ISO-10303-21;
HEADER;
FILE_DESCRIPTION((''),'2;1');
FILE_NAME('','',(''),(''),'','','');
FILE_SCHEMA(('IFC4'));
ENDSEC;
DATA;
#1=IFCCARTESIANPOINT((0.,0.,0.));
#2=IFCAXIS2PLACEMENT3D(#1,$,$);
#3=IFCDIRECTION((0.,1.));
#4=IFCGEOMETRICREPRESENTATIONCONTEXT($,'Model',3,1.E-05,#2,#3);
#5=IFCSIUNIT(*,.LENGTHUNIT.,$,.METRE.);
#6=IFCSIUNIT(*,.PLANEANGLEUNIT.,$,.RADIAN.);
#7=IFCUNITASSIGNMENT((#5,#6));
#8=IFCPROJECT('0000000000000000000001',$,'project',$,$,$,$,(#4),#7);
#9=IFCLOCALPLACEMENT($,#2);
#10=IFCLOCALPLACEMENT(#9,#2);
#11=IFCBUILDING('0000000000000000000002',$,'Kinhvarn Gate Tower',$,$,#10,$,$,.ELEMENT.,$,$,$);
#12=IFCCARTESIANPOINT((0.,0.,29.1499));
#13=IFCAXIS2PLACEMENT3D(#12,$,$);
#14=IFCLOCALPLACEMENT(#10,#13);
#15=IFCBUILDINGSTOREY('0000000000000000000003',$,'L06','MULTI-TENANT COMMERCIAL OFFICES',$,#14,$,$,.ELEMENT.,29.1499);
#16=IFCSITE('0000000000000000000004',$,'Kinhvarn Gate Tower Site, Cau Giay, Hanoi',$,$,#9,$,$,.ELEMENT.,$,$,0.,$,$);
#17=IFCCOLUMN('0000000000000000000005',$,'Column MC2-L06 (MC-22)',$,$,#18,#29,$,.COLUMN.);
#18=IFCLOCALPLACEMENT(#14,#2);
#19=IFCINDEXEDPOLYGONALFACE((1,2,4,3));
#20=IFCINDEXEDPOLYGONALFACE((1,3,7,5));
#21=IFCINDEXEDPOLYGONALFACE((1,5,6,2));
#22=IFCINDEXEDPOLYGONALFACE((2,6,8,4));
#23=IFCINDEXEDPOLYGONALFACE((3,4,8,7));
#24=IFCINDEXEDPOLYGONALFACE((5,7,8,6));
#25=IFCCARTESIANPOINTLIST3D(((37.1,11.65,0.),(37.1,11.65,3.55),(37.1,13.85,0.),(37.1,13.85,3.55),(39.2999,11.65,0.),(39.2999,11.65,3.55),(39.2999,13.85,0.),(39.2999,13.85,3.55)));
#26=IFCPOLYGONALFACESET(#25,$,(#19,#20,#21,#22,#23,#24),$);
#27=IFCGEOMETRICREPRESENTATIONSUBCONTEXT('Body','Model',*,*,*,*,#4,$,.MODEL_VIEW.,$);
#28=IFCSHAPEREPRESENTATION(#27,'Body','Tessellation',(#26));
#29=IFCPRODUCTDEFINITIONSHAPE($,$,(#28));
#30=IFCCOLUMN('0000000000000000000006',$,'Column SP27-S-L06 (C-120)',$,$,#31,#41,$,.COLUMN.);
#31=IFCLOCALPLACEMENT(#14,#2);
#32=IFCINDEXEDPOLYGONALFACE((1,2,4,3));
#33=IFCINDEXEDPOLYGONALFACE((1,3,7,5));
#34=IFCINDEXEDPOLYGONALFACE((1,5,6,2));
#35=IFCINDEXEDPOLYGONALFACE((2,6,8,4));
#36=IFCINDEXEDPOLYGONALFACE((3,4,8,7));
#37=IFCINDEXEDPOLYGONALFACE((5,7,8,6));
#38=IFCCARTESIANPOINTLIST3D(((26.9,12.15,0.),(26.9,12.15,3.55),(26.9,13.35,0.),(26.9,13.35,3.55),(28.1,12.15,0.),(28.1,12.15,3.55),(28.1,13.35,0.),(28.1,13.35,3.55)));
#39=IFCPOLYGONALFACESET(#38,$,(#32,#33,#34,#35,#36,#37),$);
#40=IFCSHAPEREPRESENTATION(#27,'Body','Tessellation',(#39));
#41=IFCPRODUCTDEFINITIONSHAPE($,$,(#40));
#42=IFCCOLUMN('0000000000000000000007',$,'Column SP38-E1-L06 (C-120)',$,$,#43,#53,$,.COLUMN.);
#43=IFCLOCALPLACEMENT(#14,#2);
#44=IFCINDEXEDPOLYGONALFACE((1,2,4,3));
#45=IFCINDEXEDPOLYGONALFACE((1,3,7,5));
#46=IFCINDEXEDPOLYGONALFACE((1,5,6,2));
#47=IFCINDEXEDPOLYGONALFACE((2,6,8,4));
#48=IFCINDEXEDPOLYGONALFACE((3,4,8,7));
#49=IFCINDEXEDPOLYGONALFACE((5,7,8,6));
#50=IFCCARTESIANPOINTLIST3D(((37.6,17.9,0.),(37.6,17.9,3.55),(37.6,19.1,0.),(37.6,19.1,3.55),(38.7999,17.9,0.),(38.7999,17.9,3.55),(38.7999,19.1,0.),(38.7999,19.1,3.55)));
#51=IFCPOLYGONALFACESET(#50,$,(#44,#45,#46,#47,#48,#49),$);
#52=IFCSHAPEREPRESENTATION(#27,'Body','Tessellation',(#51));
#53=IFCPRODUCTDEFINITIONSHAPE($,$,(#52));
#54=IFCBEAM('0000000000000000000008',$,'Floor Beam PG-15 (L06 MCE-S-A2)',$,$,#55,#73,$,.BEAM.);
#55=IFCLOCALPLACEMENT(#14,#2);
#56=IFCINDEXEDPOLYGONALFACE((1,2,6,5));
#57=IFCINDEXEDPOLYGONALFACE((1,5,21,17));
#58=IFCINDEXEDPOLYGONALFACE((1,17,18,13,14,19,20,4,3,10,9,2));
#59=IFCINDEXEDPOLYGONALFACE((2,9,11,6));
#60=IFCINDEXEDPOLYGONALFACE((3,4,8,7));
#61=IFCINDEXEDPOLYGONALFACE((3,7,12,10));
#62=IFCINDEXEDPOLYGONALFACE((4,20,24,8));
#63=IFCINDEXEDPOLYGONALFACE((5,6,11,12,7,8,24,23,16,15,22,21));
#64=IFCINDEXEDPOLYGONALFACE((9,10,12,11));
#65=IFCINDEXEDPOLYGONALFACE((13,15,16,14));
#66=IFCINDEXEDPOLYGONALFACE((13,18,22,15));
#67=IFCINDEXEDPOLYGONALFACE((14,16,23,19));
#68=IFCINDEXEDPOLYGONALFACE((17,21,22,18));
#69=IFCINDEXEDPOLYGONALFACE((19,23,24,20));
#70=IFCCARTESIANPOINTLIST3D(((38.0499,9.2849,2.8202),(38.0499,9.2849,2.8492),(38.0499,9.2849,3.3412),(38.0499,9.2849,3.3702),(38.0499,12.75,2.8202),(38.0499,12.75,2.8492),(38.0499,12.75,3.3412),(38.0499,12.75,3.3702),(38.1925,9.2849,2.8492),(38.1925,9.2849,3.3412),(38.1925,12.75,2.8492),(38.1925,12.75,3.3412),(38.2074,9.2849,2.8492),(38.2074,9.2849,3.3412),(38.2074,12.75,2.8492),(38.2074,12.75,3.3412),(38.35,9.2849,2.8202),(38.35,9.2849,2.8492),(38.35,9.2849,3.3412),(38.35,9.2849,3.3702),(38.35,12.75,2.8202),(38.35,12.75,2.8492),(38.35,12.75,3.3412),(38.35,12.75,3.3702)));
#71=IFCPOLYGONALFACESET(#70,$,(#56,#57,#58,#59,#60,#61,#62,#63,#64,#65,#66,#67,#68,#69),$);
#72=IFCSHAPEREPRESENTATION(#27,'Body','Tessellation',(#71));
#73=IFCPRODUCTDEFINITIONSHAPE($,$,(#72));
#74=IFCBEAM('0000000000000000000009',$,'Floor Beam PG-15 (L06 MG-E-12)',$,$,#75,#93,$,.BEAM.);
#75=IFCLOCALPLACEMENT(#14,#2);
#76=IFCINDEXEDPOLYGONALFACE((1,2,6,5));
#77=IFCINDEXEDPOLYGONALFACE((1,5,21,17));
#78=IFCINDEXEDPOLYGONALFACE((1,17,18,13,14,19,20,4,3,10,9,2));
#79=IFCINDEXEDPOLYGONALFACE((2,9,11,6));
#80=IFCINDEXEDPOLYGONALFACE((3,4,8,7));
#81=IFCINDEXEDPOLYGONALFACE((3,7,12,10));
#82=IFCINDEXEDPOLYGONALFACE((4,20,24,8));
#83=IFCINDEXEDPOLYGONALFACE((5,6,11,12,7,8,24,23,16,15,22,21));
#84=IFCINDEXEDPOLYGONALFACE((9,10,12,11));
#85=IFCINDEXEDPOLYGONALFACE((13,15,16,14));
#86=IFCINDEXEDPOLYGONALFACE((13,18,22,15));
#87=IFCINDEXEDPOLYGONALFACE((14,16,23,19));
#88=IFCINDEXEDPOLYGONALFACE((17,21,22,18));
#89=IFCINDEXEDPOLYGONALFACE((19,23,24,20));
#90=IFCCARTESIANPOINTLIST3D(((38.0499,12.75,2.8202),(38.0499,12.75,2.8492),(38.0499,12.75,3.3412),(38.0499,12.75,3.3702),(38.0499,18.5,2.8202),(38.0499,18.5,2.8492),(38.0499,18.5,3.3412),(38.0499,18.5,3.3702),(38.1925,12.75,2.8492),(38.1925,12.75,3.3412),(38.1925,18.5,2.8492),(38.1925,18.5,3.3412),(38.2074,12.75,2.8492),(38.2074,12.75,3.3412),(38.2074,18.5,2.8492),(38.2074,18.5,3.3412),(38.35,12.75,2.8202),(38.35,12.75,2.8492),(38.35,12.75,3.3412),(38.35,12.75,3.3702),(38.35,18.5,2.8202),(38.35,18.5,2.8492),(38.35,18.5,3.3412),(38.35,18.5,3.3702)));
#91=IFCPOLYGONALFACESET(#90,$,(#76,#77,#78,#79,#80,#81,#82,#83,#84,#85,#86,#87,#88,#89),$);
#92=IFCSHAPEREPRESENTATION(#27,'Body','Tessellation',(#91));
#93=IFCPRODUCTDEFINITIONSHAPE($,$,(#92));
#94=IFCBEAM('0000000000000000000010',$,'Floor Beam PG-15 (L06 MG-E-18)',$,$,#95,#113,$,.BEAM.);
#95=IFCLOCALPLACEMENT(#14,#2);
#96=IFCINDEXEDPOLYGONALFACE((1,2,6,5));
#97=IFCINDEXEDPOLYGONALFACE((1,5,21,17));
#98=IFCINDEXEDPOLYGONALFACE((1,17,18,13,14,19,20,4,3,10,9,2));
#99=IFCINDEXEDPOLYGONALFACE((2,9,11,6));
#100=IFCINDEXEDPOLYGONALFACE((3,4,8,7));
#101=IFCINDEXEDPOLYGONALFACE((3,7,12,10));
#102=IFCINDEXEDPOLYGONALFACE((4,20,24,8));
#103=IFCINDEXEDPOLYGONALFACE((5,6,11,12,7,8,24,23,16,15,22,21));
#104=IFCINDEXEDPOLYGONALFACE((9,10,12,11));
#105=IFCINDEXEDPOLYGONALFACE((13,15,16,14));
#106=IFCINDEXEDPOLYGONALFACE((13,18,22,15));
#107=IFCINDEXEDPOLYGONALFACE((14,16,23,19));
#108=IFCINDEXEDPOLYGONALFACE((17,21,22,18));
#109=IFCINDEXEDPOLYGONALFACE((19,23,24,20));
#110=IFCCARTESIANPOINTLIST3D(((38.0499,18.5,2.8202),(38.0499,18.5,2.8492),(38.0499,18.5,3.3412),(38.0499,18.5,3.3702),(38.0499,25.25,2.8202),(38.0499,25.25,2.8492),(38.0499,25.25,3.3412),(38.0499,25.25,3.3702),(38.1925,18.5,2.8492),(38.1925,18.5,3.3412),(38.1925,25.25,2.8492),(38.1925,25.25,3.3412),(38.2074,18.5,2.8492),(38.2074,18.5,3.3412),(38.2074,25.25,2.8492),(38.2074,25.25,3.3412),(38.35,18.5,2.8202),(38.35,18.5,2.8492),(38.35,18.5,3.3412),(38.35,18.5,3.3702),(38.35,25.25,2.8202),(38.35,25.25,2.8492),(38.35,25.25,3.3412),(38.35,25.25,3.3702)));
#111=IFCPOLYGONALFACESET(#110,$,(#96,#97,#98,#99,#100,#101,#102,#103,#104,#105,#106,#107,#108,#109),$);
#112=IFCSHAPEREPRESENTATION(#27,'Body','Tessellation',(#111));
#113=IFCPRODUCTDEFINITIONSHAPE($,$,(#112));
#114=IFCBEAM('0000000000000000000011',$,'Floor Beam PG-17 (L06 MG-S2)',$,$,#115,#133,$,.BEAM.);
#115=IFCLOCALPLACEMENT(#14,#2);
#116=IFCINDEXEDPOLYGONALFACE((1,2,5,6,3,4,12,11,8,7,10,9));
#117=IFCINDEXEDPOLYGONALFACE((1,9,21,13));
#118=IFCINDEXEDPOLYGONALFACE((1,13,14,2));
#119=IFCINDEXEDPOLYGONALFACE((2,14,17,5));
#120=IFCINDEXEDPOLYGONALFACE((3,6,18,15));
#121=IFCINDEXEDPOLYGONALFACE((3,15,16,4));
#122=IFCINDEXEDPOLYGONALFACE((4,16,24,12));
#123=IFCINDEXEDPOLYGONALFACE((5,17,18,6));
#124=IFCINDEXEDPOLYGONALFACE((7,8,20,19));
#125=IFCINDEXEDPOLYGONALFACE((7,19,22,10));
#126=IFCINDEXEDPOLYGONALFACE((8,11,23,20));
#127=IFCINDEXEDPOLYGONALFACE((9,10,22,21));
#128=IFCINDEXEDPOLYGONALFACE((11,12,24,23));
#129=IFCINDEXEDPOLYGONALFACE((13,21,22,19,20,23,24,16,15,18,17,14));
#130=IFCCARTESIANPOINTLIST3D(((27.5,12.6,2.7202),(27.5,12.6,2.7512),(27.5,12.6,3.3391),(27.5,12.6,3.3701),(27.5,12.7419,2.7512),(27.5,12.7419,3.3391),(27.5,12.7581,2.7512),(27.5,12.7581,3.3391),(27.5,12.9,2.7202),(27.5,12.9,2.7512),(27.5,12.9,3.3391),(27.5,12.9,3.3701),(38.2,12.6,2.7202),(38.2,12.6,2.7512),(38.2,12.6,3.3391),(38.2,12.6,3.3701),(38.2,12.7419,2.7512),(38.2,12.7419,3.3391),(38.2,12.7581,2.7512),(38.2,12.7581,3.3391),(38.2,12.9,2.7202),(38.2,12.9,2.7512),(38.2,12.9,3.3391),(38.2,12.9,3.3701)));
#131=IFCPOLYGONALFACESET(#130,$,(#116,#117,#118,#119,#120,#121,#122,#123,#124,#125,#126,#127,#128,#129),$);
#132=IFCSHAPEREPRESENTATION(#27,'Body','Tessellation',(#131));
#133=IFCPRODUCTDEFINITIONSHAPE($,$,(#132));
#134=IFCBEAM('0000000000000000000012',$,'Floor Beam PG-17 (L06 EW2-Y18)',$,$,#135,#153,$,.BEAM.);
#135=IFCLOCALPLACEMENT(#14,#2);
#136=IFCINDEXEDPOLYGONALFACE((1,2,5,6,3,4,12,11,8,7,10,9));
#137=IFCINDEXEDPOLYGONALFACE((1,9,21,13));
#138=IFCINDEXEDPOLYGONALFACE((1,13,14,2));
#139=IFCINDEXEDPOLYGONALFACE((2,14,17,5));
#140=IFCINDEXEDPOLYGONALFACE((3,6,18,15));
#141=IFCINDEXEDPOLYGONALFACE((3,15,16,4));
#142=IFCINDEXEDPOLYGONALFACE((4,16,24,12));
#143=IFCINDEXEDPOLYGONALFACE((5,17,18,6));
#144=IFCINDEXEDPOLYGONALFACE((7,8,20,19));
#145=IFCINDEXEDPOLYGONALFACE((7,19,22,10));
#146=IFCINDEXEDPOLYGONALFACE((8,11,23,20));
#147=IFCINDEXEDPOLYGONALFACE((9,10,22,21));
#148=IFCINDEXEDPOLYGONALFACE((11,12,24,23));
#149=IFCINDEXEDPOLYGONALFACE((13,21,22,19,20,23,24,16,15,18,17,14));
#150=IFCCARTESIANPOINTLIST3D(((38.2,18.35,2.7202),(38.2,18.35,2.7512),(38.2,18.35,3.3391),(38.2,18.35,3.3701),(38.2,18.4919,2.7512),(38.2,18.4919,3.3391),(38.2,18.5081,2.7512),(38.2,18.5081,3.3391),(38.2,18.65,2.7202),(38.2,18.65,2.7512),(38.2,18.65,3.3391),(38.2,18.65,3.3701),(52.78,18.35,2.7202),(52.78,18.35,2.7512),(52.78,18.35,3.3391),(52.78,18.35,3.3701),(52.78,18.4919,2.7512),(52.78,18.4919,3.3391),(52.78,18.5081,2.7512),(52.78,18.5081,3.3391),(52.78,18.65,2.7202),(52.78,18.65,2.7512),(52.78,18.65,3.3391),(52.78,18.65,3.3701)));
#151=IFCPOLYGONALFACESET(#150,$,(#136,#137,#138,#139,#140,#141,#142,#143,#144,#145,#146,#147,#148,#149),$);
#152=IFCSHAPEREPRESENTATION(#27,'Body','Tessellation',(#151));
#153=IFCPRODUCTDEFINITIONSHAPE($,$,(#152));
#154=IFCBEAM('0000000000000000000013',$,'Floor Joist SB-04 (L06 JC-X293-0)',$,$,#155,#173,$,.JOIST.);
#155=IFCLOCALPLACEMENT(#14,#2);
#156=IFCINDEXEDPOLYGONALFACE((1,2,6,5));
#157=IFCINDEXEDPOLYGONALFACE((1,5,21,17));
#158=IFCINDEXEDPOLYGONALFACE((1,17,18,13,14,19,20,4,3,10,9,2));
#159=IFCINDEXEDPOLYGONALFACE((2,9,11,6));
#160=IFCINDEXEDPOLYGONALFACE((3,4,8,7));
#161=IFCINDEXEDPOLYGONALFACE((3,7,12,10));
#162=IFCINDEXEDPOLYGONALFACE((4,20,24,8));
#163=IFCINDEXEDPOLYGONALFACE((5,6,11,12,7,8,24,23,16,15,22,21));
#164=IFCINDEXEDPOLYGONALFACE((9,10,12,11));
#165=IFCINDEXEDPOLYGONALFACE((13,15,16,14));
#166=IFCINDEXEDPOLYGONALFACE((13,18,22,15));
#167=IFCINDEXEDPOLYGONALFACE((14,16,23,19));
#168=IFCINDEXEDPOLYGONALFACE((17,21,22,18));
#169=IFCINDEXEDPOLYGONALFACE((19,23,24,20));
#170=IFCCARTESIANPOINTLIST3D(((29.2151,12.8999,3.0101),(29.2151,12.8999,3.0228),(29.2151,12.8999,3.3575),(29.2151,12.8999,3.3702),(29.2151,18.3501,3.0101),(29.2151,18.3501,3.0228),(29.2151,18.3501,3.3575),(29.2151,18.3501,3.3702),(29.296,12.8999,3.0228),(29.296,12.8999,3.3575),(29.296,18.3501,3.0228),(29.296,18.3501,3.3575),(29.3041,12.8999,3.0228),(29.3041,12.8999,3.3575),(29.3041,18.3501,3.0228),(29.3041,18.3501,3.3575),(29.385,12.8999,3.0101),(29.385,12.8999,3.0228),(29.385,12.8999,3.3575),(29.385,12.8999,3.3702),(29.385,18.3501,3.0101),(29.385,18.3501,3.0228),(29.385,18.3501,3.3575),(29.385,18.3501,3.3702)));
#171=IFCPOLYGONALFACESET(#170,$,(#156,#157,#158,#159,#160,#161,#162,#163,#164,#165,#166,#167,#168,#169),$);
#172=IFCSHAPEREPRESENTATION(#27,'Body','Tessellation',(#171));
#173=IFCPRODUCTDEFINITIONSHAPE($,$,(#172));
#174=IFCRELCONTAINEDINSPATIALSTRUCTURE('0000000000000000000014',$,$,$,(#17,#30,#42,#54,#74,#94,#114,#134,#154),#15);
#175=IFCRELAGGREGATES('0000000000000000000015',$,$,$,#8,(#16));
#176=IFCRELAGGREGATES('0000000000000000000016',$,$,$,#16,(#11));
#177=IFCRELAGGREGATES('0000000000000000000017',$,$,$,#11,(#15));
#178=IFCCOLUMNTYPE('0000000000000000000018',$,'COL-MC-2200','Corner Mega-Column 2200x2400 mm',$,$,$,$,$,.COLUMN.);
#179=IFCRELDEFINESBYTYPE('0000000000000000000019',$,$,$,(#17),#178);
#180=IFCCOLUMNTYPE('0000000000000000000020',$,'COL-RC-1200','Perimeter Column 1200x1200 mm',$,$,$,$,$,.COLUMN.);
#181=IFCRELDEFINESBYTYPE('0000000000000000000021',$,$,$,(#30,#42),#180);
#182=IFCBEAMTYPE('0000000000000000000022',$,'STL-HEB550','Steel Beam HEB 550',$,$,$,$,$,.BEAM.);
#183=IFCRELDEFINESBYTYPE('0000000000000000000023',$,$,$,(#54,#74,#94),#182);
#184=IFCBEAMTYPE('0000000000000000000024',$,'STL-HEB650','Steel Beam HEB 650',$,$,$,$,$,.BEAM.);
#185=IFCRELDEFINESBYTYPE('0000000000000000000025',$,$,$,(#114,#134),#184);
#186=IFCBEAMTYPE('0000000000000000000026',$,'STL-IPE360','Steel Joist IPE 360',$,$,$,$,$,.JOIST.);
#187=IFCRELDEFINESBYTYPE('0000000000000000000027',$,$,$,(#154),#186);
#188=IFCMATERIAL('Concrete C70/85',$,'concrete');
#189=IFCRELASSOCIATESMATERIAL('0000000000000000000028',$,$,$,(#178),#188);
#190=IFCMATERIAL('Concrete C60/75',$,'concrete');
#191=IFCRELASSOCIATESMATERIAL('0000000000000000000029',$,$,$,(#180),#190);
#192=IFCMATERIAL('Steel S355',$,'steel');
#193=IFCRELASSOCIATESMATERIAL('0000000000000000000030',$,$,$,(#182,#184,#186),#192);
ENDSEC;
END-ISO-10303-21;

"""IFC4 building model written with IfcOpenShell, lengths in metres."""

from ifc_helpers import new_model, si_unit, direction, frame, origin, origin_2d, place, context, subcontext, project, spatial, rectangle, i_section, extrude, material, material_profile, profile_set, type_object, element, save


model = new_model("IFC4")

# Units and contexts
model_context = context("Model", 3, precision=1e-05, world=origin(), true_north=direction((0.0, 1.0)))
body_context = subcontext(model_context, "Body", "Model", "MODEL_VIEW")
ifc_project = project(units=[si_unit("LENGTHUNIT", "METRE"), si_unit("PLANEANGLEUNIT", "RADIAN")], contexts=[model_context])

# Site, building, storey
site_placement = place(None, origin())
site = spatial("IfcSite", under=ifc_project, at=site_placement, Name="Kinhvarn Gate Tower Site, Cau Giay, Hanoi", CompositionType="ELEMENT", RefElevation=0.0)
building_placement = place(site_placement, origin())
building = spatial("IfcBuilding", under=site, at=building_placement, Name="Kinhvarn Gate Tower", CompositionType="ELEMENT")
storey_placement = place(building_placement, frame((0.0, 0.0, 29.1499)))
storey = spatial("IfcBuildingStorey", under=building, at=storey_placement, Name="L06", Description="MULTI-TENANT COMMERCIAL OFFICES", CompositionType="ELEMENT", Elevation=29.1499)

# Columns
ifc_material_1 = material(Name="Concrete C70/85", Category="concrete")
ifc_material_profile_1 = material_profile(ifc_material_1, rectangle(XDim=2.2, YDim=2.2, at=origin_2d()), Name="RC 2200x2200")
ifc_profile_set_1 = profile_set([ifc_material_profile_1], Name="Concrete C70/85")
column_type_1 = type_object("IfcColumnType", Name="COL-MC-2200", Description="Corner Mega-Column 2200x2400 mm", PredefinedType="COLUMN", material=ifc_profile_set_1)
column_placement = place(storey_placement, frame((38.2, 12.75, 0.0), z_axis=(0.0, 0.0, 1.0), x_axis=(1.0, 0.0, 0.0)))
element("IfcColumn", 1, at=column_placement, inside=storey, type_object=column_type_1, Name="Column MC2-L06 (MC-22)", PredefinedType="COLUMN", context=body_context, shape_type="SweptSolid", body=[
    extrude(rectangle(XDim=2.2, YDim=2.2, at=origin_2d()), origin(), (0.0, 0.0, 1.0), 3.55),
])
ifc_material_2 = material(Name="Concrete C60/75", Category="concrete")
ifc_material_profile_2 = material_profile(ifc_material_2, rectangle(XDim=1.2, YDim=1.2, at=origin_2d()), Name="RC 1200x1200")
ifc_profile_set_2 = profile_set([ifc_material_profile_2], Name="Concrete C60/75")
column_type_2 = type_object("IfcColumnType", Name="COL-RC-1200", Description="Perimeter Column 1200x1200 mm", PredefinedType="COLUMN", material=ifc_profile_set_2)
for number, where, z_axis, x_axis, name in (
    (2, (27.5, 12.75, 0.0), (0.0, 0.0, 1.0), (1.0, 0.0, 0.0), "Column SP27-S-L06 (C-120)"),
    (3, (38.2, 18.5, 0.0), (0.0, 0.0, 1.0), (1.0, 0.0, 0.0), "Column SP38-E1-L06 (C-120)"),
):
    element("IfcColumn", number, at=place(storey_placement, frame(where, z_axis=z_axis, x_axis=x_axis)), inside=storey, type_object=column_type_2, Name=name, PredefinedType="COLUMN", context=body_context, shape_type="SweptSolid", body=[
        extrude(rectangle(XDim=1.2, YDim=1.2, at=origin_2d()), origin(), (0.0, 0.0, 1.0), 3.55),
    ])

# Beams
ifc_material_3 = material(Name="Steel S355", Category="steel")
ifc_material_profile_3 = material_profile(ifc_material_3, i_section(OverallWidth=0.3, OverallDepth=0.55, WebThickness=0.0149, FlangeThickness=0.0291, at=origin_2d()), Name="HEB 550")
ifc_profile_set_3 = profile_set([ifc_material_profile_3], Name="Steel S355")
beam_type_1 = type_object("IfcBeamType", Name="STL-HEB550", Description="Steel Beam HEB 550", PredefinedType="BEAM", material=ifc_profile_set_3)
beam_1_placement = place(storey_placement, frame((38.2, 9.2849, 3.0952), z_axis=(0.0, 1.0, 0.0), x_axis=(-1.0, 0.0, 0.0)))
element("IfcBeam", 4, at=beam_1_placement, inside=storey, type_object=beam_type_1, Name="Floor Beam PG-15 (L06 MCE-S-A2)", PredefinedType="BEAM", context=body_context, shape_type="SweptSolid", body=[
    extrude(i_section(OverallWidth=0.3, OverallDepth=0.55, WebThickness=0.0149, FlangeThickness=0.0291, at=origin_2d()), origin(), (0.0, 0.0, 1.0), 3.4651),
])
beam_2_placement = place(storey_placement, frame((38.2, 12.75, 3.0952), z_axis=(0.0, 1.0, 0.0), x_axis=(-1.0, 0.0, 0.0)))
element("IfcBeam", 5, at=beam_2_placement, inside=storey, type_object=beam_type_1, Name="Floor Beam PG-15 (L06 MG-E-12)", PredefinedType="BEAM", context=body_context, shape_type="SweptSolid", body=[
    extrude(i_section(OverallWidth=0.3, OverallDepth=0.55, WebThickness=0.0149, FlangeThickness=0.0291, at=origin_2d()), origin(), (0.0, 0.0, 1.0), 5.75),
])
beam_3_placement = place(storey_placement, frame((38.2, 18.5, 3.0952), z_axis=(0.0, 1.0, 0.0), x_axis=(-1.0, 0.0, 0.0)))
element("IfcBeam", 6, at=beam_3_placement, inside=storey, type_object=beam_type_1, Name="Floor Beam PG-15 (L06 MG-E-18)", PredefinedType="BEAM", context=body_context, shape_type="SweptSolid", body=[
    extrude(i_section(OverallWidth=0.3, OverallDepth=0.55, WebThickness=0.0149, FlangeThickness=0.0291, at=origin_2d()), origin(), (0.0, 0.0, 1.0), 6.75),
])
ifc_material_profile_4 = material_profile(ifc_material_3, i_section(OverallWidth=0.3, OverallDepth=0.6499, WebThickness=0.0161, FlangeThickness=0.031, at=origin_2d()), Name="HEB 650")
ifc_profile_set_4 = profile_set([ifc_material_profile_4], Name="Steel S355")
beam_type_2 = type_object("IfcBeamType", Name="STL-HEB650", Description="Steel Beam HEB 650", PredefinedType="BEAM", material=ifc_profile_set_4)
beam_4_placement = place(storey_placement, frame((27.5, 12.75, 3.0452), z_axis=(1.0, 0.0, 0.0), x_axis=(0.0, 1.0, 0.0)))
element("IfcBeam", 7, at=beam_4_placement, inside=storey, type_object=beam_type_2, Name="Floor Beam PG-17 (L06 MG-S2)", PredefinedType="BEAM", context=body_context, shape_type="SweptSolid", body=[
    extrude(i_section(OverallWidth=0.3, OverallDepth=0.6499, WebThickness=0.0161, FlangeThickness=0.031, at=origin_2d()), origin(), (0.0, 0.0, 1.0), 10.7),
])
beam_5_placement = place(storey_placement, frame((38.2, 18.5, 3.0452), z_axis=(1.0, 0.0, 0.0), x_axis=(0.0, 1.0, 0.0)))
element("IfcBeam", 8, at=beam_5_placement, inside=storey, type_object=beam_type_2, Name="Floor Beam PG-17 (L06 EW2-Y18)", PredefinedType="BEAM", context=body_context, shape_type="SweptSolid", body=[
    extrude(i_section(OverallWidth=0.3, OverallDepth=0.6499, WebThickness=0.0161, FlangeThickness=0.031, at=origin_2d()), origin(), (0.0, 0.0, 1.0), 14.5801),
])
ifc_material_profile_5 = material_profile(ifc_material_3, i_section(OverallWidth=0.1699, OverallDepth=0.3601, WebThickness=0.0081, FlangeThickness=0.0127, at=origin_2d()), Name="IPE 360")
ifc_profile_set_5 = profile_set([ifc_material_profile_5], Name="Steel S355")
beam_type_3 = type_object("IfcBeamType", Name="STL-IPE360", Description="Steel Joist IPE 360", PredefinedType="JOIST", material=ifc_profile_set_5)
beam_6_placement = place(storey_placement, frame((29.3, 12.8999, 3.1902), z_axis=(0.0, 1.0, 0.0), x_axis=(-1.0, 0.0, 0.0)))
element("IfcBeam", 9, at=beam_6_placement, inside=storey, type_object=beam_type_3, Name="Floor Joist SB-04 (L06 JC-X293-0)", PredefinedType="JOIST", context=body_context, shape_type="SweptSolid", body=[
    extrude(i_section(OverallWidth=0.1699, OverallDepth=0.3601, WebThickness=0.0081, FlangeThickness=0.0127, at=origin_2d()), origin(), (0.0, 0.0, 1.0), 5.4502),
])

save(model, "model.ifc")
